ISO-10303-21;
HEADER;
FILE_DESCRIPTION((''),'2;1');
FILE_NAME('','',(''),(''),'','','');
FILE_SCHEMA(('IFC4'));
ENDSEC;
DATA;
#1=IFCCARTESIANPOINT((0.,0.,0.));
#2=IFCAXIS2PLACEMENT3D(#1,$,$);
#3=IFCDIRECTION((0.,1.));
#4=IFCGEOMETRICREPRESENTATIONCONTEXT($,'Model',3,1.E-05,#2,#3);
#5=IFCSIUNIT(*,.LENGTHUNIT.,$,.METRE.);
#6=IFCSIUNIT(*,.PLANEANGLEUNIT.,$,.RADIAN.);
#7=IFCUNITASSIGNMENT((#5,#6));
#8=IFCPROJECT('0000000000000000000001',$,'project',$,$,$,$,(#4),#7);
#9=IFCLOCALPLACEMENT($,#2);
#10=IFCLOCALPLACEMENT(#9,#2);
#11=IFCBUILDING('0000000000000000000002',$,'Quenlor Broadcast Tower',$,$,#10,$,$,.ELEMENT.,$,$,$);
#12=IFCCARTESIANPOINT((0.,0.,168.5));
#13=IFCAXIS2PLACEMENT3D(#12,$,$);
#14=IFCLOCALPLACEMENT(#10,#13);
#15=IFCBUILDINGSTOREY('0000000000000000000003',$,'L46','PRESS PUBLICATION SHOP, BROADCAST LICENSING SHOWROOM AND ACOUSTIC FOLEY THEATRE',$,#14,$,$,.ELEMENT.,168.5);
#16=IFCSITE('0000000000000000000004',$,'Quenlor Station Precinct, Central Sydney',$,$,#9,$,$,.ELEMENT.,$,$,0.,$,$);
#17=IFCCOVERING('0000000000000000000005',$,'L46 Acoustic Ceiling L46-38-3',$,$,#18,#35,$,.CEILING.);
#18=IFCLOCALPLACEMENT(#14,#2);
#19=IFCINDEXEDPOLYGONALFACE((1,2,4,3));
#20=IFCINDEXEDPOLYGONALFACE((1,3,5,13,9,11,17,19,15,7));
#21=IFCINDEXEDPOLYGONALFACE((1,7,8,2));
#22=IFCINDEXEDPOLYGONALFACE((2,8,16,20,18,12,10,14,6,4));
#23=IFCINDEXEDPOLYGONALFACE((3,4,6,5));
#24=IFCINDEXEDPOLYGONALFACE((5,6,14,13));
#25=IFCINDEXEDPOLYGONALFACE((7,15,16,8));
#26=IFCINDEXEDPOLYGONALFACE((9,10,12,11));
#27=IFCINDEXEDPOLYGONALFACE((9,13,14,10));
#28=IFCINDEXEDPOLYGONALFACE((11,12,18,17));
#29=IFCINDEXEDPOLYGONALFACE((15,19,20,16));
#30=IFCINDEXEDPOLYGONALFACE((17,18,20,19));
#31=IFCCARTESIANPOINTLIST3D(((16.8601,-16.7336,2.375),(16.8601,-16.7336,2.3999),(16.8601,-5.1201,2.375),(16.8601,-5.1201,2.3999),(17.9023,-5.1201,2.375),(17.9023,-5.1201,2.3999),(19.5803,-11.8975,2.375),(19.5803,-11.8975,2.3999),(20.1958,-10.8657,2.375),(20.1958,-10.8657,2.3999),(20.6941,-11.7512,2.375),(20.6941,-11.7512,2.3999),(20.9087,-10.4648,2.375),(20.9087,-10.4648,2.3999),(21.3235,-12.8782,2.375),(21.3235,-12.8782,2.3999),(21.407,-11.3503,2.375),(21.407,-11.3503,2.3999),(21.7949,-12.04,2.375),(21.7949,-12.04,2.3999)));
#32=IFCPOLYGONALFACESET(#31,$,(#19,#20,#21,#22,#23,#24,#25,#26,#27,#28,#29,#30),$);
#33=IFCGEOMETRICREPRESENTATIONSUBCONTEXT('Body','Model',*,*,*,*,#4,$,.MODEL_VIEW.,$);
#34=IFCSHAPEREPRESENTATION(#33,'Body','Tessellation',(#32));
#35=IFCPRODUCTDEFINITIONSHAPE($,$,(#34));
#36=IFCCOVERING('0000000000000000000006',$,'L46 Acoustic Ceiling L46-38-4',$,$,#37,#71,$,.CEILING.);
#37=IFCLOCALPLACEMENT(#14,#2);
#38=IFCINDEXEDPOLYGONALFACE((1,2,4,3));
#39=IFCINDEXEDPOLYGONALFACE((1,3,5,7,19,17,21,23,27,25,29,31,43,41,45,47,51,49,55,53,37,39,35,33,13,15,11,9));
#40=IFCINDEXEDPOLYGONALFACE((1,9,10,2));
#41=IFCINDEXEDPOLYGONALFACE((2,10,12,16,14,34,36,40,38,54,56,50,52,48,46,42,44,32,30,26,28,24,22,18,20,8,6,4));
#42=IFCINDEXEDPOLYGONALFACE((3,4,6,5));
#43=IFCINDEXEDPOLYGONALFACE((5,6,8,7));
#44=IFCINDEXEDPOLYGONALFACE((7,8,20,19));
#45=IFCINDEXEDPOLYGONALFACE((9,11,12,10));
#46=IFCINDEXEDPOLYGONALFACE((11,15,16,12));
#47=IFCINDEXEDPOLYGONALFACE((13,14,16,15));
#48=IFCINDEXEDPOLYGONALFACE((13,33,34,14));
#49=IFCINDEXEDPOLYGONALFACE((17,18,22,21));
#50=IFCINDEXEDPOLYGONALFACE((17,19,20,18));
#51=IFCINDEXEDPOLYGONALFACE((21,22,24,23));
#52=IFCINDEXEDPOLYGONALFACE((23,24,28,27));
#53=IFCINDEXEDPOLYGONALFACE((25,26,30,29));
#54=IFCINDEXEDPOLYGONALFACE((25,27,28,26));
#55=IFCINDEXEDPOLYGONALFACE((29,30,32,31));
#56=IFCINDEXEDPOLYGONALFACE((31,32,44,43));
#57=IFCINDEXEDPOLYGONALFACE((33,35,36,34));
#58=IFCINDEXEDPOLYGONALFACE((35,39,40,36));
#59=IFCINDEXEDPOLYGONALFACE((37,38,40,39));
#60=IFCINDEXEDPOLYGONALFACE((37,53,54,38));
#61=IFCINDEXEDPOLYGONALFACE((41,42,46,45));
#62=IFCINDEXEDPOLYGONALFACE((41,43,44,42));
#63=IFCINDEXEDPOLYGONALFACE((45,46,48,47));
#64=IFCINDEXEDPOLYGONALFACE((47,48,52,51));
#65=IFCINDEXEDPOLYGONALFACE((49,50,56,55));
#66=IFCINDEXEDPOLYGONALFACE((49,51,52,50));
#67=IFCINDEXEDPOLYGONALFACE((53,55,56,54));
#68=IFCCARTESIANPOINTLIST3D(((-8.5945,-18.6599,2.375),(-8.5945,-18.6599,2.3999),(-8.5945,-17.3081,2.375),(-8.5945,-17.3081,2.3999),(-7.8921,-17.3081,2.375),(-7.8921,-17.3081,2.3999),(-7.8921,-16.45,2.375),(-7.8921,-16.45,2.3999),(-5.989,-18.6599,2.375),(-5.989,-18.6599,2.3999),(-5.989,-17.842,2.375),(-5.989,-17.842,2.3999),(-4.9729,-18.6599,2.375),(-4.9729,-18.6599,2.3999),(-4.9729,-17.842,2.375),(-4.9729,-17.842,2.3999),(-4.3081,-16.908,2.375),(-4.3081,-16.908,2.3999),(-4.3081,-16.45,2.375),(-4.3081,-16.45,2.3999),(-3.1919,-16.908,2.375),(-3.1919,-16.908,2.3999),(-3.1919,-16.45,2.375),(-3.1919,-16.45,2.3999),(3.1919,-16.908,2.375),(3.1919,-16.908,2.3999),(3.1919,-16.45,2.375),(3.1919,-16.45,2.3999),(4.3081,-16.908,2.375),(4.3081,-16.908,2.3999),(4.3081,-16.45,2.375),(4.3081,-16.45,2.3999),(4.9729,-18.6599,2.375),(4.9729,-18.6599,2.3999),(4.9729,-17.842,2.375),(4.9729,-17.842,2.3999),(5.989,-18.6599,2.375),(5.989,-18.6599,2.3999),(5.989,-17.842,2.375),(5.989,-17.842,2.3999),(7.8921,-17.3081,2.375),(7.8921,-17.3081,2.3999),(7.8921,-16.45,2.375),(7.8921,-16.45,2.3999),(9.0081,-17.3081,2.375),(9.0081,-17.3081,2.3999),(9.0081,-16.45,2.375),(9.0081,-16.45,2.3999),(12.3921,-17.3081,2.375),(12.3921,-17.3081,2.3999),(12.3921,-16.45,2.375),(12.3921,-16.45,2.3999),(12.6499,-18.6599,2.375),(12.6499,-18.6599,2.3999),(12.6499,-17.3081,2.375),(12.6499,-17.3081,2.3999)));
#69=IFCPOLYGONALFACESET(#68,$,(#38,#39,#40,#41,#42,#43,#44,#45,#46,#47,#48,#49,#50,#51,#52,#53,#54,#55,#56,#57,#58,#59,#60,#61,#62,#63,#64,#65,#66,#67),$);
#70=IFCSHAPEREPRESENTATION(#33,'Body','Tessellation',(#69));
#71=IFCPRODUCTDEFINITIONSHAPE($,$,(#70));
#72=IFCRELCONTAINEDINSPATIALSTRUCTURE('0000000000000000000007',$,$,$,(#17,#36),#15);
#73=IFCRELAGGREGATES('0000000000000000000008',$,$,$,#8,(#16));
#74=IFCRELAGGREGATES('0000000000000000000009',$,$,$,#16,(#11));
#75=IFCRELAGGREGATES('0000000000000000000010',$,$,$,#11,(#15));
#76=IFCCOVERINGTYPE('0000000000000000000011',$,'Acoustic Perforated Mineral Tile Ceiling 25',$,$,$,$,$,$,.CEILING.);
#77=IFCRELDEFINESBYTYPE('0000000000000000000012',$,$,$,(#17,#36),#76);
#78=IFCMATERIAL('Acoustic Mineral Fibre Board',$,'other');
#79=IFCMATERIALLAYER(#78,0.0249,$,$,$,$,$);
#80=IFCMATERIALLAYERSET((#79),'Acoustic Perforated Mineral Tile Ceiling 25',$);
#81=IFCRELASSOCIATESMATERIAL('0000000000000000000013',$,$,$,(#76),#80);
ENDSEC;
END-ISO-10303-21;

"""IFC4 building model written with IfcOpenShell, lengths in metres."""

from ifc_helpers import new_model, si_unit, direction, frame, origin, place, context, subcontext, project, spatial, polyline, outline, extrude, material, layer, layer_set, type_object, element, save


model = new_model("IFC4")

# Units and contexts
model_context = context("Model", 3, precision=1e-05, world=origin(), true_north=direction((0.0, 1.0)))
body_context = subcontext(model_context, "Body", "Model", "MODEL_VIEW")
ifc_project = project(units=[si_unit("LENGTHUNIT", "METRE"), si_unit("PLANEANGLEUNIT", "RADIAN")], contexts=[model_context])

# Site, building, storey
site_placement = place(None, origin())
site = spatial("IfcSite", under=ifc_project, at=site_placement, Name="Quenlor Station Precinct, Central Sydney", CompositionType="ELEMENT", RefElevation=0.0)
building_placement = place(site_placement, origin())
building = spatial("IfcBuilding", under=site, at=building_placement, Name="Quenlor Broadcast Tower", CompositionType="ELEMENT")
storey_placement = place(building_placement, frame((0.0, 0.0, 168.5)))
storey = spatial("IfcBuildingStorey", under=building, at=storey_placement, Name="L46", Description="PRESS PUBLICATION SHOP, BROADCAST LICENSING SHOWROOM AND ACOUSTIC FOLEY THEATRE", CompositionType="ELEMENT", Elevation=168.5)

# Coverings
ifc_material_1 = material(Name="Acoustic Mineral Fibre Board", Category="other")
ifc_layer_1 = layer(ifc_material_1, 0.0249)
ifc_layer_set_1 = layer_set([ifc_layer_1], Name="Acoustic Perforated Mineral Tile Ceiling 25")
covering_type = type_object("IfcCoveringType", Name="Acoustic Perforated Mineral Tile Ceiling 25", PredefinedType="CEILING", material=ifc_layer_set_1)
covering_1_placement = place(storey_placement, frame((0.0, 0.0, 2.375)))
element("IfcCovering", 1, at=covering_1_placement, inside=storey, type_object=covering_type, Name="L46 Acoustic Ceiling L46-38-3", PredefinedType="CEILING", context=body_context, shape_type="SweptSolid", body=[
    extrude(outline(polyline([(20.9087, -10.4648), (20.1958, -10.8657), (20.6941, -11.7512), (21.407, -11.3503), (21.7949, -12.04), (21.3235, -12.8782), (19.5803, -11.8975), (16.8601, -16.7336), (16.8601, -5.1201), (17.9023, -5.1201), (20.9087, -10.4648)])), origin(), (0.0, 0.0, 1.0), 0.0249),
])
covering_2_placement = place(storey_placement, frame((0.0, 0.0, 2.375)))
element("IfcCovering", 2, at=covering_2_placement, inside=storey, type_object=covering_type, Name="L46 Acoustic Ceiling L46-38-4", PredefinedType="CEILING", context=body_context, shape_type="SweptSolid", body=[
    extrude(outline(polyline([(5.989, -18.6599), (5.989, -17.842), (4.9729, -17.842), (4.9729, -18.6599), (-4.9729, -18.6599), (-4.9729, -17.842), (-5.989, -17.842), (-5.989, -18.6599), (-8.5945, -18.6599), (-8.5945, -17.3081), (-7.8921, -17.3081), (-7.8921, -16.45), (-4.3081, -16.45), (-4.3081, -16.908), (-3.1919, -16.908), (-3.1919, -16.45), (3.1919, -16.45), (3.1919, -16.908), (4.3081, -16.908), (4.3081, -16.45), (7.8921, -16.45), (7.8921, -17.3081), (9.0081, -17.3081), (9.0081, -16.45), (12.3921, -16.45), (12.3921, -17.3081), (12.6499, -17.3081), (12.6499, -18.6599), (5.989, -18.6599)])), origin(), (0.0, 0.0, 1.0), 0.0249),
])

save(model, "model.ifc")
